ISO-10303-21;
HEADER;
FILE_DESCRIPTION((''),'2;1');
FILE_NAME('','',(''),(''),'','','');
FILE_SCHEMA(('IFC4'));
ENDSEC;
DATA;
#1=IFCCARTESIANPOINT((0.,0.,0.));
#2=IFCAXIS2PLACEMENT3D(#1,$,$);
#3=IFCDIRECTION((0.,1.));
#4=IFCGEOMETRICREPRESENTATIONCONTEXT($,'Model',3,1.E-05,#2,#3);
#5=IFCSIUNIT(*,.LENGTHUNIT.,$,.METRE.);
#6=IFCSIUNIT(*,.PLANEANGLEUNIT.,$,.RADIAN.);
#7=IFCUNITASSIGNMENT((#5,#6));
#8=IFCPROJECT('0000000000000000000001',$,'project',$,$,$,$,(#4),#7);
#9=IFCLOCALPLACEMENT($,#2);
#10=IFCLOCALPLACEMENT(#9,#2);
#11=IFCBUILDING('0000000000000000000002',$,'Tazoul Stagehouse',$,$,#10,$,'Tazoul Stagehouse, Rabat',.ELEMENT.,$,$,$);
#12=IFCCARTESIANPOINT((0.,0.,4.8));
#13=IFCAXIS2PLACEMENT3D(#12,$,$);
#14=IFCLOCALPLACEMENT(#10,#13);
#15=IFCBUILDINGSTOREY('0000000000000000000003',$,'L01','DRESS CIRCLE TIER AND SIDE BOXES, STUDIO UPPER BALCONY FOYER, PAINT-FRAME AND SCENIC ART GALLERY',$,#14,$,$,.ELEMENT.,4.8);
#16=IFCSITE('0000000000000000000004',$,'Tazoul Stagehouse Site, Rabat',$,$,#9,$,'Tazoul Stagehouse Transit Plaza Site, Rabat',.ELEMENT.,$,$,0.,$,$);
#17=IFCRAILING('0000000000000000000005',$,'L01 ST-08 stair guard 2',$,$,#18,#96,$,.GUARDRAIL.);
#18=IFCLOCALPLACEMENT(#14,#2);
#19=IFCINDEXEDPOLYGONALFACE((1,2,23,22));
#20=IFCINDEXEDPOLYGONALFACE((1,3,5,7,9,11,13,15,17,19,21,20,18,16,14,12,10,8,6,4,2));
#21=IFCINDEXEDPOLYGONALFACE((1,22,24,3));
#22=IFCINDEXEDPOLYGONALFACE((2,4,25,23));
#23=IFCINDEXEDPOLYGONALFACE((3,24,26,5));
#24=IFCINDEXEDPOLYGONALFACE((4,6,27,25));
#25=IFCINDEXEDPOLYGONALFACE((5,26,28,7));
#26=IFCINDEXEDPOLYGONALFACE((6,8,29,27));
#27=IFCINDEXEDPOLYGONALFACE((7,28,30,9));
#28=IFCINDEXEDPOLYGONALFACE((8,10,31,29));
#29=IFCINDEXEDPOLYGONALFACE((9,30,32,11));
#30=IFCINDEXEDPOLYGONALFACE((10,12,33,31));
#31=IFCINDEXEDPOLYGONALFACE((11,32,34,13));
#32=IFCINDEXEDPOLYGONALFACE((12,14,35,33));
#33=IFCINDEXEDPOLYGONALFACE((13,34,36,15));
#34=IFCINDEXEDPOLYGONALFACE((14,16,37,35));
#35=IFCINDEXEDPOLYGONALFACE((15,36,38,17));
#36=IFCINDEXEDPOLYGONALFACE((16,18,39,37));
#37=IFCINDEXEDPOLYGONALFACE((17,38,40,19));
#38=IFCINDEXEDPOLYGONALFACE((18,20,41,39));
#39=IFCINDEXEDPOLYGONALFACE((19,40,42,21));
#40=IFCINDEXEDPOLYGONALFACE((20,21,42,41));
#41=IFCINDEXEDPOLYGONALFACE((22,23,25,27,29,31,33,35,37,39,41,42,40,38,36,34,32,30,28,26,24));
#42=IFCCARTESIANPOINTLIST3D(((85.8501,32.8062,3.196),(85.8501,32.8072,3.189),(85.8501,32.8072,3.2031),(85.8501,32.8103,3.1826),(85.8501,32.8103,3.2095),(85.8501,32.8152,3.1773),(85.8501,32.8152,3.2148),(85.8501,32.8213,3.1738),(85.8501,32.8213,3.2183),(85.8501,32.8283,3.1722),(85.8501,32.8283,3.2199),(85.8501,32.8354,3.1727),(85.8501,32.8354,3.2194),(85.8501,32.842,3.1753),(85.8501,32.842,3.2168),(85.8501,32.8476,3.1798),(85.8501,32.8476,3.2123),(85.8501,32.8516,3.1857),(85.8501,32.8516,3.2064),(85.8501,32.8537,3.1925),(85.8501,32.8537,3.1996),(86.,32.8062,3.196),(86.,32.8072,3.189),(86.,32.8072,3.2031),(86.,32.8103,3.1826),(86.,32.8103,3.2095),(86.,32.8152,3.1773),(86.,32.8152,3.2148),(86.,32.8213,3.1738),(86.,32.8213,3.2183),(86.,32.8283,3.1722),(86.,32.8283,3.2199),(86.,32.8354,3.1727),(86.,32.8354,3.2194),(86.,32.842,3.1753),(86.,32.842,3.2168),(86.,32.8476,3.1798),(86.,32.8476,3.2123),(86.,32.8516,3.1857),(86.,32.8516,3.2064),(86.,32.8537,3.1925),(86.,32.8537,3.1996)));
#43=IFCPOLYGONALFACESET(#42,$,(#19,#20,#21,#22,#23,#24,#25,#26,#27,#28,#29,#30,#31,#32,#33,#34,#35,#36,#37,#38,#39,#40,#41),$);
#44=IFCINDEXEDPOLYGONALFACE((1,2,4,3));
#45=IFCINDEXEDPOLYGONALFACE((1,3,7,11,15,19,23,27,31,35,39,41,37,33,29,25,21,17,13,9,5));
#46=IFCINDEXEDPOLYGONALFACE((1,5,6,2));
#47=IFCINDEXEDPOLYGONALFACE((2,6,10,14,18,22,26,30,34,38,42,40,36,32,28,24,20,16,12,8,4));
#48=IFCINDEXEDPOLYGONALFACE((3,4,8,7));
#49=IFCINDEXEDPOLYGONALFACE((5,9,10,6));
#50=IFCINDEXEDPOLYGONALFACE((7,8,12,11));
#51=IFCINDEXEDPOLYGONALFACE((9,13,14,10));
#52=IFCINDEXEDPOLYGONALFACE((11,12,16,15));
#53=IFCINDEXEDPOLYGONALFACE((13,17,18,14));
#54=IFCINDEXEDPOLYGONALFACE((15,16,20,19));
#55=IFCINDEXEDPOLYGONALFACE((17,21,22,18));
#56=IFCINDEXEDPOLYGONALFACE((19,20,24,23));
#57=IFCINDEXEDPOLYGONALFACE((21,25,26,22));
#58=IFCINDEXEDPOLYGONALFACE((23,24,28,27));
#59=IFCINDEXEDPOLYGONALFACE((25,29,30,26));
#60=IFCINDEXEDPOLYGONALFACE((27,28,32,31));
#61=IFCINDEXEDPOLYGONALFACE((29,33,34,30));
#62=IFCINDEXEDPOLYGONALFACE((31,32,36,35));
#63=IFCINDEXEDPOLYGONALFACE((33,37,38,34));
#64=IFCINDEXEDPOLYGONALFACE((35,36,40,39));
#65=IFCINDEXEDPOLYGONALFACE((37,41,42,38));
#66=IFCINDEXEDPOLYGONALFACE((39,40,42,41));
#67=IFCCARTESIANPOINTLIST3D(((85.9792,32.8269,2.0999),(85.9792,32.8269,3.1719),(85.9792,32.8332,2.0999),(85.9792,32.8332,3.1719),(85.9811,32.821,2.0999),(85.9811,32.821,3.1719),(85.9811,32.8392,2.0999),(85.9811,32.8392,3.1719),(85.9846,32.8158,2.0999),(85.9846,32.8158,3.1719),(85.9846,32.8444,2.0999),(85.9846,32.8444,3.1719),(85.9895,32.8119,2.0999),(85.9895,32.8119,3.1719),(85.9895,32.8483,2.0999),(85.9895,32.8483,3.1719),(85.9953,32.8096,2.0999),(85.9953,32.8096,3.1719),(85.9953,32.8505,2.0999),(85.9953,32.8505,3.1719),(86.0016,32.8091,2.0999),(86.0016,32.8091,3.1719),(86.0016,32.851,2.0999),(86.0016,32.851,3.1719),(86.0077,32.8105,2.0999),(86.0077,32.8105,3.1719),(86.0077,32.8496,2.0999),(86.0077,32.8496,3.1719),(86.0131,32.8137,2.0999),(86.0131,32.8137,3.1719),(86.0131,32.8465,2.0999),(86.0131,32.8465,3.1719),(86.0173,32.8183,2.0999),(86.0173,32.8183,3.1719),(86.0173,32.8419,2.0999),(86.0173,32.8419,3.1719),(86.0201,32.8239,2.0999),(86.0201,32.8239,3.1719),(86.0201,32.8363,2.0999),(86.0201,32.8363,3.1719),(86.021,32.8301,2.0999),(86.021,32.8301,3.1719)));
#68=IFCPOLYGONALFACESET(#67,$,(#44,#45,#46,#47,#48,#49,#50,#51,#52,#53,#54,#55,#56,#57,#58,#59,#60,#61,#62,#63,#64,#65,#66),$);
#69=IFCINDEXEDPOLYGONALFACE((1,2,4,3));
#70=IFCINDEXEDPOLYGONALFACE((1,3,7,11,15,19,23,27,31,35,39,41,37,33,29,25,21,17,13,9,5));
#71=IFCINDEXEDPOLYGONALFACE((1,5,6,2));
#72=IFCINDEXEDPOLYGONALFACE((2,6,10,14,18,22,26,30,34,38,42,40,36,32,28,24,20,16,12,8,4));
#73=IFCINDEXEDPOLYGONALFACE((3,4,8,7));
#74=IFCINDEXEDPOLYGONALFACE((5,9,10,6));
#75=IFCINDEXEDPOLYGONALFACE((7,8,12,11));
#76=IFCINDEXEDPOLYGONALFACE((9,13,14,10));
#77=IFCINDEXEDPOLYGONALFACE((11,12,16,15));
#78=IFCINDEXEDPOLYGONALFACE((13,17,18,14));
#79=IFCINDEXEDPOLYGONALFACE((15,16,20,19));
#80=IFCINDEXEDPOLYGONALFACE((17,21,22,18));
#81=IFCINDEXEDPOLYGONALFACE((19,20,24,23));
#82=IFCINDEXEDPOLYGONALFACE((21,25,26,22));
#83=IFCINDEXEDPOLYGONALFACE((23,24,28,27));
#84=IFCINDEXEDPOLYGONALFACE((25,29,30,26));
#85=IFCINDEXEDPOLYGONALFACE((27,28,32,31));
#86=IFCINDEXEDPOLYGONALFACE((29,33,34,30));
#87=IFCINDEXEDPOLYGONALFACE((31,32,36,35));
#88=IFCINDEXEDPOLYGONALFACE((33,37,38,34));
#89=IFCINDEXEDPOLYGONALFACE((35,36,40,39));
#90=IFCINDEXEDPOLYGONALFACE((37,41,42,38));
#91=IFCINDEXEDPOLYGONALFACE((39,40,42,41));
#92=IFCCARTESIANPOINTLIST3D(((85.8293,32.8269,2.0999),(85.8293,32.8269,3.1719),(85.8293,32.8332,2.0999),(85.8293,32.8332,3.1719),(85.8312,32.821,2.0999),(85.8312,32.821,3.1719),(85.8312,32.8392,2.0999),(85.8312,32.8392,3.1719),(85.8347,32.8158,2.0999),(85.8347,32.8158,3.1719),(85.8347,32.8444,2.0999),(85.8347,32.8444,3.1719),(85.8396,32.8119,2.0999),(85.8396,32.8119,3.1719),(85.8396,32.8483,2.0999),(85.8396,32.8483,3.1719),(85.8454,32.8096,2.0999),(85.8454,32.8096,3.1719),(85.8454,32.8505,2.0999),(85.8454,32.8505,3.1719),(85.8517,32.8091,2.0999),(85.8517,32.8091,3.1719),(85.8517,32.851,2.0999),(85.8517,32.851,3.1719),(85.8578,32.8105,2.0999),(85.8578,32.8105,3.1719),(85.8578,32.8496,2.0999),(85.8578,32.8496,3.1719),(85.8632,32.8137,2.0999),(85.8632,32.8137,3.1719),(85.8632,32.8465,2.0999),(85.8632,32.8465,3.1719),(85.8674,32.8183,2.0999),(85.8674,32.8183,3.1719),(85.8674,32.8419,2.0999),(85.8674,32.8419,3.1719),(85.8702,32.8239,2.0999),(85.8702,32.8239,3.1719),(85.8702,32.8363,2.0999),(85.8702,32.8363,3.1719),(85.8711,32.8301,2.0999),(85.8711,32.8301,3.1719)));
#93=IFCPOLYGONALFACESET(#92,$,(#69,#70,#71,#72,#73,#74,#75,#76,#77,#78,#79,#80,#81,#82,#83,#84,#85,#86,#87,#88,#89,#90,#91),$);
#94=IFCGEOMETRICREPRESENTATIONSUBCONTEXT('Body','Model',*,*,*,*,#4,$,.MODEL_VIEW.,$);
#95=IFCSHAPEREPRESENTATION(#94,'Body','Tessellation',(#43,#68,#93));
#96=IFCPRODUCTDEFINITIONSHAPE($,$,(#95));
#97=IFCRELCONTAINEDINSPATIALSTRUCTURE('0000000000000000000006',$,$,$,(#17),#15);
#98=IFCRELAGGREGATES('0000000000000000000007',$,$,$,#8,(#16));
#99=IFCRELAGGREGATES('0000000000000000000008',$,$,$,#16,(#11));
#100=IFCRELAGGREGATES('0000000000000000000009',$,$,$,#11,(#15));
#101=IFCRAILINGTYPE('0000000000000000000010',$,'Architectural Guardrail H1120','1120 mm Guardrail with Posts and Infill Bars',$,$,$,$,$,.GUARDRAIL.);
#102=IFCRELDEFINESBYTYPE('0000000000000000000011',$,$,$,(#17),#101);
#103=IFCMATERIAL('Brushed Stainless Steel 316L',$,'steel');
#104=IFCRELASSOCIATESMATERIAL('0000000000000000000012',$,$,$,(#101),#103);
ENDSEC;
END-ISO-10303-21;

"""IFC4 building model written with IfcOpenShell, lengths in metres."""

from ifc_helpers import new_model, si_unit, direction, frame, origin, origin_2d, place, context, subcontext, project, spatial, circle, extrude, material, material_profile, profile_set, type_object, element, save


model = new_model("IFC4")

# Units and contexts
model_context = context("Model", 3, precision=1e-05, world=origin(), true_north=direction((0.0, 1.0)))
body_context = subcontext(model_context, "Body", "Model", "MODEL_VIEW")
ifc_project = project(units=[si_unit("LENGTHUNIT", "METRE"), si_unit("PLANEANGLEUNIT", "RADIAN")], contexts=[model_context])

# Site, building, storey
site_placement = place(None, origin())
site = spatial("IfcSite", under=ifc_project, at=site_placement, Name="Tazoul Stagehouse Site, Rabat", LongName="Tazoul Stagehouse Transit Plaza Site, Rabat", CompositionType="ELEMENT", RefElevation=0.0)
building_placement = place(site_placement, origin())
building = spatial("IfcBuilding", under=site, at=building_placement, Name="Tazoul Stagehouse", LongName="Tazoul Stagehouse, Rabat", CompositionType="ELEMENT")
storey_placement = place(building_placement, frame((0.0, 0.0, 4.8)))
storey = spatial("IfcBuildingStorey", under=building, at=storey_placement, Name="L01", Description="DRESS CIRCLE TIER AND SIDE BOXES, STUDIO UPPER BALCONY FOYER, PAINT-FRAME AND SCENIC ART GALLERY", CompositionType="ELEMENT", Elevation=4.8)

# Railing
ifc_material_1 = material(Name="Brushed Stainless Steel 316L", Category="steel")
ifc_material_profile_1 = material_profile(ifc_material_1, circle(Radius=0.0239, at=origin_2d()), Name="SS RAIL D48")
ifc_profile_set_1 = profile_set([ifc_material_profile_1], Name="Brushed Stainless Steel 316L")
railing_type_1 = type_object("IfcRailingType", Name="Architectural Guardrail H1120", Description="1120 mm Guardrail with Posts and Infill Bars", PredefinedType="GUARDRAIL", material=ifc_profile_set_1)
railing_1_placement = place(storey_placement, frame((86.0, 32.8301, 2.0999)))
element("IfcRailing", 1, at=railing_1_placement, inside=storey, type_object=railing_type_1, Name="L01 ST-08 stair guard 2", PredefinedType="GUARDRAIL", context=body_context, shape_type="SweptSolid", body=[
    extrude(circle(Radius=0.0239, at=origin_2d()), frame((0.0, 0.0, 1.0962), z_axis=(-1.0, 0.0, 0.0), x_axis=(0.0, -1.0, 0.0)), (0.0, 0.0, 1.0), 0.1499),
    extrude(circle(Radius=0.021, at=origin_2d()), origin(), (0.0, 0.0, 1.0), 1.072),
    extrude(circle(Radius=0.021, at=origin_2d()), frame((-0.1499, 0.0, 0.0)), (0.0, 0.0, 1.0), 1.072),
])

save(model, "model.ifc")
